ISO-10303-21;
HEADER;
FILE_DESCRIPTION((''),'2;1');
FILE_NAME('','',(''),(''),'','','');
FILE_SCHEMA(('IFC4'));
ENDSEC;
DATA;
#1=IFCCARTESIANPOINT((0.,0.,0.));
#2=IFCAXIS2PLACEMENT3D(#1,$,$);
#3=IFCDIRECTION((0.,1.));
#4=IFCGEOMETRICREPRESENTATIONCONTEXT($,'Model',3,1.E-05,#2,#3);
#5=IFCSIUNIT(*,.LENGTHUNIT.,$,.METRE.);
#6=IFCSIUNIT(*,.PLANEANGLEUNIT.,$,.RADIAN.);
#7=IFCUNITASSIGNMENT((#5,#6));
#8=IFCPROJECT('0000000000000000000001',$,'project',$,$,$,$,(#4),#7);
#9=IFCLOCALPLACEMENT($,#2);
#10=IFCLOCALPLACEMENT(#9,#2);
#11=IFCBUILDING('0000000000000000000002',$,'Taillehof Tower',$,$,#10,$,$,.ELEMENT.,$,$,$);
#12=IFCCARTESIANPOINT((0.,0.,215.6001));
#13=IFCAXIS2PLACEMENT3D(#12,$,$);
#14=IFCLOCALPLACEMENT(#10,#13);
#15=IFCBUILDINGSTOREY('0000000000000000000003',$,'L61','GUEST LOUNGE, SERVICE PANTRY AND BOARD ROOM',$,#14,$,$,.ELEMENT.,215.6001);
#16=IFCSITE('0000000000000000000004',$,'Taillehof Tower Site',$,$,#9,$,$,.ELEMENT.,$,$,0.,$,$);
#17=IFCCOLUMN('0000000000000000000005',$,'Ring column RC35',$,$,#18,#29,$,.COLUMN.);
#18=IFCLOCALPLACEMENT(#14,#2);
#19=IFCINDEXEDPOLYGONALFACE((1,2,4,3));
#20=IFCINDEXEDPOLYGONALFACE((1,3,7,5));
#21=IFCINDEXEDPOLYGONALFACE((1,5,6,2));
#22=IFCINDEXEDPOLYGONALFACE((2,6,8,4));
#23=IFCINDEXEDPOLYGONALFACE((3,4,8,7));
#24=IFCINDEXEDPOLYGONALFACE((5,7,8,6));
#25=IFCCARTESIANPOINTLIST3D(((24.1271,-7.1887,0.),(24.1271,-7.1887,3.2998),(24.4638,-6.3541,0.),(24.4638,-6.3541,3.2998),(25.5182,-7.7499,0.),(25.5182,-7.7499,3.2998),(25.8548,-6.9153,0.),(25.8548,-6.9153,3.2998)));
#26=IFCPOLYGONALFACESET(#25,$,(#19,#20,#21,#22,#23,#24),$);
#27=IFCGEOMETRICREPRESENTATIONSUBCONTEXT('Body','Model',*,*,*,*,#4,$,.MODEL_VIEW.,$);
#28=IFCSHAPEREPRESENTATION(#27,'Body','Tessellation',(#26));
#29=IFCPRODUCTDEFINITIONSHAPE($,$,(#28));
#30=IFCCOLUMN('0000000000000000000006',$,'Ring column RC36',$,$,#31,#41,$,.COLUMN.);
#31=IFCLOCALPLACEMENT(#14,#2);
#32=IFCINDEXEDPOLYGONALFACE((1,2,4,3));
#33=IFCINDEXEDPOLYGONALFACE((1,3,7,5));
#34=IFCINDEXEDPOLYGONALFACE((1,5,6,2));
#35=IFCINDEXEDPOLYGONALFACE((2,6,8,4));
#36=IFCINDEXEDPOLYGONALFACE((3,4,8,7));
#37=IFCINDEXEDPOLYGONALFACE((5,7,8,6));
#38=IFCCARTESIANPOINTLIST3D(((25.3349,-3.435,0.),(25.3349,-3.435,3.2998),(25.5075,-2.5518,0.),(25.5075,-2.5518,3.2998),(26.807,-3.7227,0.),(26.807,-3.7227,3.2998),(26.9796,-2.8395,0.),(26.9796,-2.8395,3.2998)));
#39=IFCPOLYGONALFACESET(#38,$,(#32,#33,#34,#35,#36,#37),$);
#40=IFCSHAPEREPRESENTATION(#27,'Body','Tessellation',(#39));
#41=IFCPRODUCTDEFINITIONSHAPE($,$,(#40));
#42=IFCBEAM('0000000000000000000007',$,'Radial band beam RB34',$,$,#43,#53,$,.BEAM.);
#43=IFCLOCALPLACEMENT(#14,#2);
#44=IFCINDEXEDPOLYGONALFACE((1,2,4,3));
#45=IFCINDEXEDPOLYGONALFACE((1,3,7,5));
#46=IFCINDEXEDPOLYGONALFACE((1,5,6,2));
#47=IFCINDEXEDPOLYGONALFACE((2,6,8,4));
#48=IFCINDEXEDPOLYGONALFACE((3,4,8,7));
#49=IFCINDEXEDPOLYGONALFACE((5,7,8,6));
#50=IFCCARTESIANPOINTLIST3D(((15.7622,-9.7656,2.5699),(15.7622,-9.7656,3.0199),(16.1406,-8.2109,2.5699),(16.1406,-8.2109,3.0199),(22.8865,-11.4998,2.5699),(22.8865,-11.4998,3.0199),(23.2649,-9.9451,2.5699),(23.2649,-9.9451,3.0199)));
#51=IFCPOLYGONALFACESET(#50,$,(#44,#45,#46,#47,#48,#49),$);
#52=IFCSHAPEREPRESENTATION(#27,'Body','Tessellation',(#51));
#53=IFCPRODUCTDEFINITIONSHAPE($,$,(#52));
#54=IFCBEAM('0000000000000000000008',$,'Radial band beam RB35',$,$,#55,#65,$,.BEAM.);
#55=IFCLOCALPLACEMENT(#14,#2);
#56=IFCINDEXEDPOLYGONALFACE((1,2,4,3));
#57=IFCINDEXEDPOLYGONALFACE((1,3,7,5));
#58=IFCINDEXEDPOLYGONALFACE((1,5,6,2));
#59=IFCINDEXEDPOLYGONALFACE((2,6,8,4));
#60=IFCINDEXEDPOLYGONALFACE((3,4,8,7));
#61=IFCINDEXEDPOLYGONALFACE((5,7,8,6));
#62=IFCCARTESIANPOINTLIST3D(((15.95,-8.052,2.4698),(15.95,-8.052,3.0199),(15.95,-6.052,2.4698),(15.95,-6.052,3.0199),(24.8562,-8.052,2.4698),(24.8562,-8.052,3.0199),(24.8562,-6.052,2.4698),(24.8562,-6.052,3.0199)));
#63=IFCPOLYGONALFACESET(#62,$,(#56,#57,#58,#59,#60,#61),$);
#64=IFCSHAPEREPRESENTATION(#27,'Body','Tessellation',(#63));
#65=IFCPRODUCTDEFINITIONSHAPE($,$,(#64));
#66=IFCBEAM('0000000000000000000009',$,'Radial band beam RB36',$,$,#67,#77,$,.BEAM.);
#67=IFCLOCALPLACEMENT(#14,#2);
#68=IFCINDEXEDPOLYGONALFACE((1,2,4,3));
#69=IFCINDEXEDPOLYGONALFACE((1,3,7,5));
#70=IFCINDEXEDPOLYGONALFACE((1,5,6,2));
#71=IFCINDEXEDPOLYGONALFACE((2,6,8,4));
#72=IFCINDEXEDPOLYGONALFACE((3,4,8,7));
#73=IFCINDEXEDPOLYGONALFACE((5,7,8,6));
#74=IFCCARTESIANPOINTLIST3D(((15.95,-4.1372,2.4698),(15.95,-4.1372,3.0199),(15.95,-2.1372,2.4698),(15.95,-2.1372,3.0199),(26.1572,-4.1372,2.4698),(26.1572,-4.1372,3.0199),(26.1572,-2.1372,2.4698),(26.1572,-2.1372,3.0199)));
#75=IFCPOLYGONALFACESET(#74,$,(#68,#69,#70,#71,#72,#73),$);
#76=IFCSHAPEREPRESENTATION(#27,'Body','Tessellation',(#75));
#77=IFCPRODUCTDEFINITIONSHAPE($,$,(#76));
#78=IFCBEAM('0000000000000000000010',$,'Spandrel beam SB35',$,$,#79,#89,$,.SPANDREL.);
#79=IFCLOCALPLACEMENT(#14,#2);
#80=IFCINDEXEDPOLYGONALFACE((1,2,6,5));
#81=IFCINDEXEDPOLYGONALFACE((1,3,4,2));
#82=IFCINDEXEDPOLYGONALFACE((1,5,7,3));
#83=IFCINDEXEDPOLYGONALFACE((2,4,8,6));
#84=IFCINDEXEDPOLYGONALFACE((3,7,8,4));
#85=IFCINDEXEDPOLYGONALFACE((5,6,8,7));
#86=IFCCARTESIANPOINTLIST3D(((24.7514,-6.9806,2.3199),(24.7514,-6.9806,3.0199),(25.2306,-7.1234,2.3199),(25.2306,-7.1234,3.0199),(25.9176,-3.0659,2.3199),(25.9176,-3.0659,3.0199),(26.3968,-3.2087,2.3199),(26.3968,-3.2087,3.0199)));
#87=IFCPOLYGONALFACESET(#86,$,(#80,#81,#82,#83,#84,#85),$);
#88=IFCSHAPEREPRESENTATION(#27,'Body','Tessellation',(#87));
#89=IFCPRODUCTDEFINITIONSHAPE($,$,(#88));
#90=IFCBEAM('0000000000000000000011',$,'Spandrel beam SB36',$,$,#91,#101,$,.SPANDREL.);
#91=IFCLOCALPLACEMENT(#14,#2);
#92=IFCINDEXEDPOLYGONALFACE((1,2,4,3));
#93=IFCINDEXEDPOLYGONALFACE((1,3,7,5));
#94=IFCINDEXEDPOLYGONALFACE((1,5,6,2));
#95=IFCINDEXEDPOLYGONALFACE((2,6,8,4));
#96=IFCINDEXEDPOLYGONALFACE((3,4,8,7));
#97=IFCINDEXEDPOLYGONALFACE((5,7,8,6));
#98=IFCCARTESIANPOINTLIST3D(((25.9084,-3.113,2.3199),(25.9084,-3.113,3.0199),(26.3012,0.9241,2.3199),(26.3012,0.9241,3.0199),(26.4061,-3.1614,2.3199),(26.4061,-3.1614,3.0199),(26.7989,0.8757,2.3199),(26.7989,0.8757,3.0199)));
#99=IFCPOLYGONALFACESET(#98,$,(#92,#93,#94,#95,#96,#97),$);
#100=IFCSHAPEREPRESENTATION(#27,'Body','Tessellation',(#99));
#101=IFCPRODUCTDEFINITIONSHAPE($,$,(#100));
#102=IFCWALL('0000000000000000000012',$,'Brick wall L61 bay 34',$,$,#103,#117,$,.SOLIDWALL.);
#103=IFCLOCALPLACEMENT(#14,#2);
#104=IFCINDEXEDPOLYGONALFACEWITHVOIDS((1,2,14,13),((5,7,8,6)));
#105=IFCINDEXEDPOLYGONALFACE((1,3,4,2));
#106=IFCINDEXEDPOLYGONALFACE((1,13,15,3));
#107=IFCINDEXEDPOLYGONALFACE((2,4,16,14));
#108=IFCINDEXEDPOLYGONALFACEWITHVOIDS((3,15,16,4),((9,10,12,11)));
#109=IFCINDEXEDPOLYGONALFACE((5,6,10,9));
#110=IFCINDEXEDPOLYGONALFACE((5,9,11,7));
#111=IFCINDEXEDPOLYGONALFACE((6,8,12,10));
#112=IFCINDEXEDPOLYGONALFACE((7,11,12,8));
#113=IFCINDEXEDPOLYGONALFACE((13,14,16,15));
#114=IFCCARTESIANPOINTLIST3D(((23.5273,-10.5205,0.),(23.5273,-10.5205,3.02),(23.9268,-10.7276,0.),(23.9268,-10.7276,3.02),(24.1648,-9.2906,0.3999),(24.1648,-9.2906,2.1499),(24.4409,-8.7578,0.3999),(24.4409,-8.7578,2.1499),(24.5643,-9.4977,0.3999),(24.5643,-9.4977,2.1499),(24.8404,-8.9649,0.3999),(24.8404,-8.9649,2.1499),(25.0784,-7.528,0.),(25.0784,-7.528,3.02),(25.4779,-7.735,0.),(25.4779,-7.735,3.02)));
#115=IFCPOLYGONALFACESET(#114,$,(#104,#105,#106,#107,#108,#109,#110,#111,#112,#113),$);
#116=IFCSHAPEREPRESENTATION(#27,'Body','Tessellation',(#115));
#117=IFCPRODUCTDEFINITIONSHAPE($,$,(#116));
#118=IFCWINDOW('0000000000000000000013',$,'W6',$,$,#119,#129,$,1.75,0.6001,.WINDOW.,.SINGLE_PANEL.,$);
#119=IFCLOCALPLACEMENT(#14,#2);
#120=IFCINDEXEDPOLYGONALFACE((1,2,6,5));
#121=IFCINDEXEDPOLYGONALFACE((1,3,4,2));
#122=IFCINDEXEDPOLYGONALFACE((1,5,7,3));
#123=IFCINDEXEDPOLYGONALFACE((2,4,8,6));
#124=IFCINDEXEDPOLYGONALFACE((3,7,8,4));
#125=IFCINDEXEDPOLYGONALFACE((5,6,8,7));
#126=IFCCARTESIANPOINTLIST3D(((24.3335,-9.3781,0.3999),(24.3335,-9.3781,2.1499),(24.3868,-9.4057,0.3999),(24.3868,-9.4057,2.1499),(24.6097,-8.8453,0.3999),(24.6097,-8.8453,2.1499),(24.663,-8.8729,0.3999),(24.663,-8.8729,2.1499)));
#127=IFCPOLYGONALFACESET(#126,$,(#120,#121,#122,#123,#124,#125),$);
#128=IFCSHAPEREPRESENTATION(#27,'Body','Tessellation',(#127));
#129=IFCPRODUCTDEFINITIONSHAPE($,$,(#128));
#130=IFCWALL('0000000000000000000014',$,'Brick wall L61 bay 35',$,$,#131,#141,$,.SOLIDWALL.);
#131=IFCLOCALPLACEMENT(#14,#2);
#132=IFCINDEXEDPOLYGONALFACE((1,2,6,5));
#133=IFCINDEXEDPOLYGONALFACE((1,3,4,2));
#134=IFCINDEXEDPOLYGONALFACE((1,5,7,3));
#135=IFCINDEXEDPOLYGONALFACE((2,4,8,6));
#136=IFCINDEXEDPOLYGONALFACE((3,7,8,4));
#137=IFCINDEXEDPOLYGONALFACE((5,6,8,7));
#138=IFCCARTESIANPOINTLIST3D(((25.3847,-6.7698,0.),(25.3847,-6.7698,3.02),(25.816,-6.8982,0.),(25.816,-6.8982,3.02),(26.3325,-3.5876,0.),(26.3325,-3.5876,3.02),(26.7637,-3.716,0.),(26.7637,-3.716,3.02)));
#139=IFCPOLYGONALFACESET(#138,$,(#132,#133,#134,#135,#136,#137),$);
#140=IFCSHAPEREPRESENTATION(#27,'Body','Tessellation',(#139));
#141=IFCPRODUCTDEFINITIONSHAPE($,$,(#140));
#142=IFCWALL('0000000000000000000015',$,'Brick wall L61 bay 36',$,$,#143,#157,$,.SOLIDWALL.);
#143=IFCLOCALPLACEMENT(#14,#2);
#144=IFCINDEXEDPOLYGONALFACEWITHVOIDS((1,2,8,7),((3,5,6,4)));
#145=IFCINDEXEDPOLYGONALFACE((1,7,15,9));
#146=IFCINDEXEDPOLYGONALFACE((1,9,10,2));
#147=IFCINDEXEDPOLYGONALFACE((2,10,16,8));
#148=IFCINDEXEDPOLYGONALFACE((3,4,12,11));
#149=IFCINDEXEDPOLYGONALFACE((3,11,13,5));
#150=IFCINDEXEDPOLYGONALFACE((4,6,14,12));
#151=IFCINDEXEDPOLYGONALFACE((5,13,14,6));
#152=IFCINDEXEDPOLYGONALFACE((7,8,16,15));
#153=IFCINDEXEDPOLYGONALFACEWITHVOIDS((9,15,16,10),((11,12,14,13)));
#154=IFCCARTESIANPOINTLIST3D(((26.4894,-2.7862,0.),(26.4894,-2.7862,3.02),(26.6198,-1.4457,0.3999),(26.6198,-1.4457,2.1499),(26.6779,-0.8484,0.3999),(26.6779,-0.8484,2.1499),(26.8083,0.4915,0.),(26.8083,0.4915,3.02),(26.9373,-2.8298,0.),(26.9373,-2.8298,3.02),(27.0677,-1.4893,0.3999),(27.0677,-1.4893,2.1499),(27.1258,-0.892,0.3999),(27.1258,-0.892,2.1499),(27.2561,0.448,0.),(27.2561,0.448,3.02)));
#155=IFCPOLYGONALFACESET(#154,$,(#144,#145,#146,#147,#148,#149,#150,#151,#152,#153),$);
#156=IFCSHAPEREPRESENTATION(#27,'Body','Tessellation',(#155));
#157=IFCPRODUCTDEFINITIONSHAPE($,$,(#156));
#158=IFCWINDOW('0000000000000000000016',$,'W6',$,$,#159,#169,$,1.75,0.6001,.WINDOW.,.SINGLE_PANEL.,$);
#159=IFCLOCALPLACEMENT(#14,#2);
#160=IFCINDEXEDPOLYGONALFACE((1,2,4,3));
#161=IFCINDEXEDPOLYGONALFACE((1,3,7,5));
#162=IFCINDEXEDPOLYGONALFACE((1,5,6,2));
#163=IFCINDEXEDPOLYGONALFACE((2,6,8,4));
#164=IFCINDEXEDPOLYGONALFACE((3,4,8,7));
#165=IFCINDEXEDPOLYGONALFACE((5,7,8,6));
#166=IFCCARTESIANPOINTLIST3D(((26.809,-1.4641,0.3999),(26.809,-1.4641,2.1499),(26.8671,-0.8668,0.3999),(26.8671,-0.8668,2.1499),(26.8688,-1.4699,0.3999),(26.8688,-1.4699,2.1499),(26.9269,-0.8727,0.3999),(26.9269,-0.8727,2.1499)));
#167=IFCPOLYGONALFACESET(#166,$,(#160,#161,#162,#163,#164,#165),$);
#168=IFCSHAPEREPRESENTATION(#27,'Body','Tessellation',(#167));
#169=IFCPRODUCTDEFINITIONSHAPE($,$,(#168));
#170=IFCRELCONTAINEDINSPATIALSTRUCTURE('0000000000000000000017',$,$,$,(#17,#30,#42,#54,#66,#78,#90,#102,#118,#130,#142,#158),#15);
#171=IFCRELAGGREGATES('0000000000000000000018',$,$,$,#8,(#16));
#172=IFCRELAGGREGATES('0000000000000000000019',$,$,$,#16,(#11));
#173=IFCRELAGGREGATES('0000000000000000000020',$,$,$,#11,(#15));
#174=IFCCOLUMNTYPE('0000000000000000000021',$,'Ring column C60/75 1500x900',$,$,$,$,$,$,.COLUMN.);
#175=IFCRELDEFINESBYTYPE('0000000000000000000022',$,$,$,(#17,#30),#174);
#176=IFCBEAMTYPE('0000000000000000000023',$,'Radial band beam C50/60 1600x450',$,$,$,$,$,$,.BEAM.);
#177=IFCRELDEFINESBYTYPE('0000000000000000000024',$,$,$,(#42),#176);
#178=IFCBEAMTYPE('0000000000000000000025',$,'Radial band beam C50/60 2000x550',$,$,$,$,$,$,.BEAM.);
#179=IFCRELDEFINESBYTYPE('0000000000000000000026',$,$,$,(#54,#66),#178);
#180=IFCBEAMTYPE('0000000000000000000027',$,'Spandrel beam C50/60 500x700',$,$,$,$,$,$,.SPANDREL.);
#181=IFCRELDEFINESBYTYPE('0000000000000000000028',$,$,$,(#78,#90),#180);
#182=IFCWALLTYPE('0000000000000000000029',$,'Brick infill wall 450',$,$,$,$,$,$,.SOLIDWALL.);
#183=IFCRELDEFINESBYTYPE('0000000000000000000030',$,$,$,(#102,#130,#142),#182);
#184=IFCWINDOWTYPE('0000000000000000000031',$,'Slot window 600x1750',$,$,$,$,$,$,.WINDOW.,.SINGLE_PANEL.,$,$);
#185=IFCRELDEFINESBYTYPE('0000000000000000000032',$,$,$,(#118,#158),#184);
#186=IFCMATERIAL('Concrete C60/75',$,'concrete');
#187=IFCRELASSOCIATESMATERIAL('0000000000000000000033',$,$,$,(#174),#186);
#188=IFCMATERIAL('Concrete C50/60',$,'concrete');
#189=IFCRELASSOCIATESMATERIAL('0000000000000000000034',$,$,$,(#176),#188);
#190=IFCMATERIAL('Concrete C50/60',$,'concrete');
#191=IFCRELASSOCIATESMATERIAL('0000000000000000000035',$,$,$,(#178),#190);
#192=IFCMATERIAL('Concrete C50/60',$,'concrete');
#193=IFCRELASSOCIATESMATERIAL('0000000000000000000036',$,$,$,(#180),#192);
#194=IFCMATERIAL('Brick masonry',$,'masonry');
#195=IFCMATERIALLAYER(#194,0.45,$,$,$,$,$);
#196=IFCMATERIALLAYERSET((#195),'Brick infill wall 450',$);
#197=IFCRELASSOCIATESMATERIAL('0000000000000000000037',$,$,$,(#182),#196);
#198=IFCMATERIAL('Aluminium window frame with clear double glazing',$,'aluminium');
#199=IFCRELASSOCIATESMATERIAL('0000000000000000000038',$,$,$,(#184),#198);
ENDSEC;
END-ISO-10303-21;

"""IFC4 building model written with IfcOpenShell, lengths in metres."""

from ifc_helpers import new_model, si_unit, direction, frame, frame_2d, origin, origin_2d, place, context, subcontext, project, spatial, rectangle, extrude, material, layer, layer_set, material_profile, profile_set, type_object, element, fill, save


model = new_model("IFC4")

# Units and contexts
model_context = context("Model", 3, precision=1e-05, world=origin(), true_north=direction((0.0, 1.0)))
body_context = subcontext(model_context, "Body", "Model", "MODEL_VIEW")
ifc_project = project(units=[si_unit("LENGTHUNIT", "METRE"), si_unit("PLANEANGLEUNIT", "RADIAN")], contexts=[model_context])

# Site, building, storey
site_placement = place(None, origin())
site = spatial("IfcSite", under=ifc_project, at=site_placement, Name="Taillehof Tower Site", CompositionType="ELEMENT", RefElevation=0.0)
building_placement = place(site_placement, origin())
building = spatial("IfcBuilding", under=site, at=building_placement, Name="Taillehof Tower", CompositionType="ELEMENT")
storey_placement = place(building_placement, frame((0.0, 0.0, 215.6001)))
storey = spatial("IfcBuildingStorey", under=building, at=storey_placement, Name="L61", Description="GUEST LOUNGE, SERVICE PANTRY AND BOARD ROOM", CompositionType="ELEMENT", Elevation=215.6001)

# Columns
ifc_material_1 = material(Name="Concrete C60/75", Category="concrete")
ifc_material_profile_1 = material_profile(ifc_material_1, rectangle(XDim=1.5, YDim=0.8999, at=origin_2d()), Name="RC 1500x900")
ifc_profile_set_1 = profile_set([ifc_material_profile_1], Name="Concrete C60/75")
column_type = type_object("IfcColumnType", Name="Ring column C60/75 1500x900", PredefinedType="COLUMN", material=ifc_profile_set_1)
for number, where, z_axis, x_axis, name in (
    (1, (24.991, -7.052, 0.0), (0.0, 0.0, 1.0), (0.927385, -0.374108, 0.0), "Ring column RC35"),
    (2, (26.1572, -3.1372, 0.0), (0.0, 0.0, 1.0), (0.981434, -0.191801, 0.0), "Ring column RC36"),
):
    element("IfcColumn", number, at=place(storey_placement, frame(where, z_axis=z_axis, x_axis=x_axis)), inside=storey, type_object=column_type, Name=name, PredefinedType="COLUMN", context=body_context, shape_type="SweptSolid", body=[
        extrude(rectangle(XDim=1.5, YDim=0.8999, at=origin_2d()), origin(), (0.0, 0.0, 1.0), 3.2998),
    ])

# Beams
ifc_material_2 = material(Name="Concrete C50/60", Category="concrete")
ifc_material_profile_2 = material_profile(ifc_material_2, rectangle(XDim=1.6001, YDim=0.45, at=origin_2d()), Name="RC 1600x450")
ifc_profile_set_2 = profile_set([ifc_material_profile_2], Name="Concrete C50/60")
beam_type_1 = type_object("IfcBeamType", Name="Radial band beam C50/60 1600x450", PredefinedType="BEAM", material=ifc_profile_set_2)
beam_1_placement = place(storey_placement, frame((23.0757, -10.7224, 2.7949), z_axis=(-0.97163, 0.236506, 0.0), x_axis=(-0.236506, -0.97163, 0.0)))
element("IfcBeam", 3, at=beam_1_placement, inside=storey, type_object=beam_type_1, Name="Radial band beam RB34", PredefinedType="BEAM", context=body_context, shape_type="SweptSolid", body=[
    extrude(rectangle(XDim=1.6001, YDim=0.45, at=origin_2d()), origin(), (0.0, 0.0, 1.0), 7.3323),
])
ifc_material_3 = material(Name="Concrete C50/60", Category="concrete")
ifc_material_profile_3 = material_profile(ifc_material_3, rectangle(XDim=2.0, YDim=0.55, at=origin_2d()), Name="RC 2000x550")
ifc_profile_set_3 = profile_set([ifc_material_profile_3], Name="Concrete C50/60")
beam_type_2 = type_object("IfcBeamType", Name="Radial band beam C50/60 2000x550", PredefinedType="BEAM", material=ifc_profile_set_3)
beam_2_placement = place(storey_placement, frame((24.8562, -7.052, 2.7449), z_axis=(-1.0, 0.0, 0.0), x_axis=(0.0, -1.0, 0.0)))
element("IfcBeam", 4, at=beam_2_placement, inside=storey, type_object=beam_type_2, Name="Radial band beam RB35", PredefinedType="BEAM", context=body_context, shape_type="SweptSolid", body=[
    extrude(rectangle(XDim=2.0, YDim=0.55, at=origin_2d()), origin(), (0.0, 0.0, 1.0), 8.9062),
])
beam_3_placement = place(storey_placement, frame((26.1572, -3.1372, 2.7449), z_axis=(-1.0, 0.0, 0.0), x_axis=(0.0, -1.0, 0.0)))
element("IfcBeam", 5, at=beam_3_placement, inside=storey, type_object=beam_type_2, Name="Radial band beam RB36", PredefinedType="BEAM", context=body_context, shape_type="SweptSolid", body=[
    extrude(rectangle(XDim=2.0, YDim=0.55, at=origin_2d()), origin(), (0.0, 0.0, 1.0), 10.2073),
])
ifc_material_4 = material(Name="Concrete C50/60", Category="concrete")
ifc_material_profile_4 = material_profile(ifc_material_4, rectangle(XDim=0.5, YDim=0.7, at=origin_2d()), Name="RC 500x700")
ifc_profile_set_4 = profile_set([ifc_material_profile_4], Name="Concrete C50/60")
beam_type_3 = type_object("IfcBeamType", Name="Spandrel beam C50/60 500x700", PredefinedType="SPANDREL", material=ifc_profile_set_4)
beam_4_placement = place(storey_placement, frame((24.991, -7.052, 2.6699), z_axis=(0.28551, 0.958376, 0.0), x_axis=(-0.958376, 0.28551, 0.0)))
element("IfcBeam", 6, at=beam_4_placement, inside=storey, type_object=beam_type_3, Name="Spandrel beam SB35", PredefinedType="SPANDREL", context=body_context, shape_type="SweptSolid", body=[
    extrude(rectangle(XDim=0.5, YDim=0.7, at=origin_2d()), origin(), (0.0, 0.0, 1.0), 4.0847),
])
beam_5_placement = place(storey_placement, frame((26.1572, -3.1372, 2.6699), z_axis=(0.096845, 0.995299, 0.0), x_axis=(-0.995299, 0.096845, 0.0)))
element("IfcBeam", 7, at=beam_5_placement, inside=storey, type_object=beam_type_3, Name="Spandrel beam SB36", PredefinedType="SPANDREL", context=body_context, shape_type="SweptSolid", body=[
    extrude(rectangle(XDim=0.5, YDim=0.7, at=origin_2d()), origin(), (0.0, 0.0, 1.0), 4.0562),
])

# Wall, opening, window
ifc_material_5 = material(Name="Brick masonry", Category="masonry")
ifc_layer_1 = layer(ifc_material_5, 0.45)
ifc_layer_set_1 = layer_set([ifc_layer_1], Name="Brick infill wall 450")
wall_type_1 = type_object("IfcWallType", Name="Brick infill wall 450", PredefinedType="SOLIDWALL", material=ifc_layer_set_1)
wall_1_placement = place(storey_placement, frame((23.7271, -10.624, 0.0), z_axis=(0.0, 0.0, 1.0), x_axis=(0.460176, 0.887828, 0.0)))
wall_1 = element("IfcWall", 8, at=wall_1_placement, inside=storey, type_object=wall_type_1, Name="Brick wall L61 bay 34", PredefinedType="SOLIDWALL", context=body_context, shape_type="SweptSolid", body=[
    extrude(rectangle(XDim=3.3706, YDim=0.45, at=frame_2d((1.6853, 0.0))), origin(), (0.0, 0.0, 1.0), 3.02),
])
opening_1_placement = place(wall_1_placement, frame((1.3853, 0.0, 0.3999)))
opening_1 = element("IfcOpeningElement", 9, at=opening_1_placement, cuts=wall_1, PredefinedType="OPENING", context=body_context, shape_type="SweptSolid", body=[
    extrude(rectangle(XDim=0.6001, YDim=1.75, at=frame_2d((0.3, 0.875))), frame((0.0, 0.2349, 0.0), z_axis=(0.0, -1.0, 0.0), x_axis=(1.0, 0.0, 0.0)), (0.0, 0.0, 1.0), 0.47),
])
ifc_material_6 = material(Name="Aluminium window frame with clear double glazing", Category="aluminium")
window_type = type_object("IfcWindowType", Name="Slot window 600x1750", PartitioningType="SINGLE_PANEL", PredefinedType="WINDOW", material=ifc_material_6)
window_1_placement = place(opening_1_placement, origin())
window_1 = element("IfcWindow", 10, at=window_1_placement, inside=storey, type_object=window_type, Name="W6", OverallHeight=1.75, OverallWidth=0.6001, PartitioningType="SINGLE_PANEL", PredefinedType="WINDOW", context=body_context, shape_type="SweptSolid", body=[
    extrude(rectangle(XDim=0.6001, YDim=1.75, at=frame_2d((0.3, 0.875))), frame((0.0, 0.0349, 0.0), z_axis=(0.0, -1.0, 0.0), x_axis=(1.0, 0.0, 0.0)), (0.0, 0.0, 1.0), 0.0601),
])
fill(opening_1, window_1)

# Wall
wall_2_placement = place(storey_placement, frame((25.6003, -6.834, 0.0), z_axis=(0.0, 0.0, 1.0), x_axis=(0.285445, 0.958395, 0.0)))
element("IfcWall", 11, at=wall_2_placement, inside=storey, type_object=wall_type_1, Name="Brick wall L61 bay 35", PredefinedType="SOLIDWALL", context=body_context, shape_type="SweptSolid", body=[
    extrude(rectangle(XDim=3.3203, YDim=0.45, at=frame_2d((1.6602, 0.0))), origin(), (0.0, 0.0, 1.0), 3.02),
])

# Wall, opening, window
wall_3_placement = place(storey_placement, frame((26.7134, -2.8079, 0.0), z_axis=(0.0, 0.0, 1.0), x_axis=(0.096817, 0.995302, 0.0)))
wall_3 = element("IfcWall", 12, at=wall_3_placement, inside=storey, type_object=wall_type_1, Name="Brick wall L61 bay 36", PredefinedType="SOLIDWALL", context=body_context, shape_type="SweptSolid", body=[
    extrude(rectangle(XDim=3.2932, YDim=0.45, at=frame_2d((1.6465, 0.0))), origin(), (0.0, 0.0, 1.0), 3.02),
])
opening_2_placement = place(wall_3_placement, frame((1.3467, 0.0, 0.3999)))
opening_2 = element("IfcOpeningElement", 13, at=opening_2_placement, cuts=wall_3, PredefinedType="OPENING", context=body_context, shape_type="SweptSolid", body=[
    extrude(rectangle(XDim=0.6001, YDim=1.75, at=frame_2d((0.3, 0.875))), frame((0.0, 0.2349, 0.0), z_axis=(0.0, -1.0, 0.0), x_axis=(1.0, 0.0, 0.0)), (0.0, 0.0, 1.0), 0.47),
])
window_2_placement = place(opening_2_placement, origin())
window_2 = element("IfcWindow", 14, at=window_2_placement, inside=storey, type_object=window_type, Name="W6", OverallHeight=1.75, OverallWidth=0.6001, PartitioningType="SINGLE_PANEL", PredefinedType="WINDOW", context=body_context, shape_type="SweptSolid", body=[
    extrude(rectangle(XDim=0.6001, YDim=1.75, at=frame_2d((0.3, 0.875))), frame((0.0, 0.0349, 0.0), z_axis=(0.0, -1.0, 0.0), x_axis=(1.0, 0.0, 0.0)), (0.0, 0.0, 1.0), 0.0601),
])
fill(opening_2, window_2)

save(model, "model.ifc")
